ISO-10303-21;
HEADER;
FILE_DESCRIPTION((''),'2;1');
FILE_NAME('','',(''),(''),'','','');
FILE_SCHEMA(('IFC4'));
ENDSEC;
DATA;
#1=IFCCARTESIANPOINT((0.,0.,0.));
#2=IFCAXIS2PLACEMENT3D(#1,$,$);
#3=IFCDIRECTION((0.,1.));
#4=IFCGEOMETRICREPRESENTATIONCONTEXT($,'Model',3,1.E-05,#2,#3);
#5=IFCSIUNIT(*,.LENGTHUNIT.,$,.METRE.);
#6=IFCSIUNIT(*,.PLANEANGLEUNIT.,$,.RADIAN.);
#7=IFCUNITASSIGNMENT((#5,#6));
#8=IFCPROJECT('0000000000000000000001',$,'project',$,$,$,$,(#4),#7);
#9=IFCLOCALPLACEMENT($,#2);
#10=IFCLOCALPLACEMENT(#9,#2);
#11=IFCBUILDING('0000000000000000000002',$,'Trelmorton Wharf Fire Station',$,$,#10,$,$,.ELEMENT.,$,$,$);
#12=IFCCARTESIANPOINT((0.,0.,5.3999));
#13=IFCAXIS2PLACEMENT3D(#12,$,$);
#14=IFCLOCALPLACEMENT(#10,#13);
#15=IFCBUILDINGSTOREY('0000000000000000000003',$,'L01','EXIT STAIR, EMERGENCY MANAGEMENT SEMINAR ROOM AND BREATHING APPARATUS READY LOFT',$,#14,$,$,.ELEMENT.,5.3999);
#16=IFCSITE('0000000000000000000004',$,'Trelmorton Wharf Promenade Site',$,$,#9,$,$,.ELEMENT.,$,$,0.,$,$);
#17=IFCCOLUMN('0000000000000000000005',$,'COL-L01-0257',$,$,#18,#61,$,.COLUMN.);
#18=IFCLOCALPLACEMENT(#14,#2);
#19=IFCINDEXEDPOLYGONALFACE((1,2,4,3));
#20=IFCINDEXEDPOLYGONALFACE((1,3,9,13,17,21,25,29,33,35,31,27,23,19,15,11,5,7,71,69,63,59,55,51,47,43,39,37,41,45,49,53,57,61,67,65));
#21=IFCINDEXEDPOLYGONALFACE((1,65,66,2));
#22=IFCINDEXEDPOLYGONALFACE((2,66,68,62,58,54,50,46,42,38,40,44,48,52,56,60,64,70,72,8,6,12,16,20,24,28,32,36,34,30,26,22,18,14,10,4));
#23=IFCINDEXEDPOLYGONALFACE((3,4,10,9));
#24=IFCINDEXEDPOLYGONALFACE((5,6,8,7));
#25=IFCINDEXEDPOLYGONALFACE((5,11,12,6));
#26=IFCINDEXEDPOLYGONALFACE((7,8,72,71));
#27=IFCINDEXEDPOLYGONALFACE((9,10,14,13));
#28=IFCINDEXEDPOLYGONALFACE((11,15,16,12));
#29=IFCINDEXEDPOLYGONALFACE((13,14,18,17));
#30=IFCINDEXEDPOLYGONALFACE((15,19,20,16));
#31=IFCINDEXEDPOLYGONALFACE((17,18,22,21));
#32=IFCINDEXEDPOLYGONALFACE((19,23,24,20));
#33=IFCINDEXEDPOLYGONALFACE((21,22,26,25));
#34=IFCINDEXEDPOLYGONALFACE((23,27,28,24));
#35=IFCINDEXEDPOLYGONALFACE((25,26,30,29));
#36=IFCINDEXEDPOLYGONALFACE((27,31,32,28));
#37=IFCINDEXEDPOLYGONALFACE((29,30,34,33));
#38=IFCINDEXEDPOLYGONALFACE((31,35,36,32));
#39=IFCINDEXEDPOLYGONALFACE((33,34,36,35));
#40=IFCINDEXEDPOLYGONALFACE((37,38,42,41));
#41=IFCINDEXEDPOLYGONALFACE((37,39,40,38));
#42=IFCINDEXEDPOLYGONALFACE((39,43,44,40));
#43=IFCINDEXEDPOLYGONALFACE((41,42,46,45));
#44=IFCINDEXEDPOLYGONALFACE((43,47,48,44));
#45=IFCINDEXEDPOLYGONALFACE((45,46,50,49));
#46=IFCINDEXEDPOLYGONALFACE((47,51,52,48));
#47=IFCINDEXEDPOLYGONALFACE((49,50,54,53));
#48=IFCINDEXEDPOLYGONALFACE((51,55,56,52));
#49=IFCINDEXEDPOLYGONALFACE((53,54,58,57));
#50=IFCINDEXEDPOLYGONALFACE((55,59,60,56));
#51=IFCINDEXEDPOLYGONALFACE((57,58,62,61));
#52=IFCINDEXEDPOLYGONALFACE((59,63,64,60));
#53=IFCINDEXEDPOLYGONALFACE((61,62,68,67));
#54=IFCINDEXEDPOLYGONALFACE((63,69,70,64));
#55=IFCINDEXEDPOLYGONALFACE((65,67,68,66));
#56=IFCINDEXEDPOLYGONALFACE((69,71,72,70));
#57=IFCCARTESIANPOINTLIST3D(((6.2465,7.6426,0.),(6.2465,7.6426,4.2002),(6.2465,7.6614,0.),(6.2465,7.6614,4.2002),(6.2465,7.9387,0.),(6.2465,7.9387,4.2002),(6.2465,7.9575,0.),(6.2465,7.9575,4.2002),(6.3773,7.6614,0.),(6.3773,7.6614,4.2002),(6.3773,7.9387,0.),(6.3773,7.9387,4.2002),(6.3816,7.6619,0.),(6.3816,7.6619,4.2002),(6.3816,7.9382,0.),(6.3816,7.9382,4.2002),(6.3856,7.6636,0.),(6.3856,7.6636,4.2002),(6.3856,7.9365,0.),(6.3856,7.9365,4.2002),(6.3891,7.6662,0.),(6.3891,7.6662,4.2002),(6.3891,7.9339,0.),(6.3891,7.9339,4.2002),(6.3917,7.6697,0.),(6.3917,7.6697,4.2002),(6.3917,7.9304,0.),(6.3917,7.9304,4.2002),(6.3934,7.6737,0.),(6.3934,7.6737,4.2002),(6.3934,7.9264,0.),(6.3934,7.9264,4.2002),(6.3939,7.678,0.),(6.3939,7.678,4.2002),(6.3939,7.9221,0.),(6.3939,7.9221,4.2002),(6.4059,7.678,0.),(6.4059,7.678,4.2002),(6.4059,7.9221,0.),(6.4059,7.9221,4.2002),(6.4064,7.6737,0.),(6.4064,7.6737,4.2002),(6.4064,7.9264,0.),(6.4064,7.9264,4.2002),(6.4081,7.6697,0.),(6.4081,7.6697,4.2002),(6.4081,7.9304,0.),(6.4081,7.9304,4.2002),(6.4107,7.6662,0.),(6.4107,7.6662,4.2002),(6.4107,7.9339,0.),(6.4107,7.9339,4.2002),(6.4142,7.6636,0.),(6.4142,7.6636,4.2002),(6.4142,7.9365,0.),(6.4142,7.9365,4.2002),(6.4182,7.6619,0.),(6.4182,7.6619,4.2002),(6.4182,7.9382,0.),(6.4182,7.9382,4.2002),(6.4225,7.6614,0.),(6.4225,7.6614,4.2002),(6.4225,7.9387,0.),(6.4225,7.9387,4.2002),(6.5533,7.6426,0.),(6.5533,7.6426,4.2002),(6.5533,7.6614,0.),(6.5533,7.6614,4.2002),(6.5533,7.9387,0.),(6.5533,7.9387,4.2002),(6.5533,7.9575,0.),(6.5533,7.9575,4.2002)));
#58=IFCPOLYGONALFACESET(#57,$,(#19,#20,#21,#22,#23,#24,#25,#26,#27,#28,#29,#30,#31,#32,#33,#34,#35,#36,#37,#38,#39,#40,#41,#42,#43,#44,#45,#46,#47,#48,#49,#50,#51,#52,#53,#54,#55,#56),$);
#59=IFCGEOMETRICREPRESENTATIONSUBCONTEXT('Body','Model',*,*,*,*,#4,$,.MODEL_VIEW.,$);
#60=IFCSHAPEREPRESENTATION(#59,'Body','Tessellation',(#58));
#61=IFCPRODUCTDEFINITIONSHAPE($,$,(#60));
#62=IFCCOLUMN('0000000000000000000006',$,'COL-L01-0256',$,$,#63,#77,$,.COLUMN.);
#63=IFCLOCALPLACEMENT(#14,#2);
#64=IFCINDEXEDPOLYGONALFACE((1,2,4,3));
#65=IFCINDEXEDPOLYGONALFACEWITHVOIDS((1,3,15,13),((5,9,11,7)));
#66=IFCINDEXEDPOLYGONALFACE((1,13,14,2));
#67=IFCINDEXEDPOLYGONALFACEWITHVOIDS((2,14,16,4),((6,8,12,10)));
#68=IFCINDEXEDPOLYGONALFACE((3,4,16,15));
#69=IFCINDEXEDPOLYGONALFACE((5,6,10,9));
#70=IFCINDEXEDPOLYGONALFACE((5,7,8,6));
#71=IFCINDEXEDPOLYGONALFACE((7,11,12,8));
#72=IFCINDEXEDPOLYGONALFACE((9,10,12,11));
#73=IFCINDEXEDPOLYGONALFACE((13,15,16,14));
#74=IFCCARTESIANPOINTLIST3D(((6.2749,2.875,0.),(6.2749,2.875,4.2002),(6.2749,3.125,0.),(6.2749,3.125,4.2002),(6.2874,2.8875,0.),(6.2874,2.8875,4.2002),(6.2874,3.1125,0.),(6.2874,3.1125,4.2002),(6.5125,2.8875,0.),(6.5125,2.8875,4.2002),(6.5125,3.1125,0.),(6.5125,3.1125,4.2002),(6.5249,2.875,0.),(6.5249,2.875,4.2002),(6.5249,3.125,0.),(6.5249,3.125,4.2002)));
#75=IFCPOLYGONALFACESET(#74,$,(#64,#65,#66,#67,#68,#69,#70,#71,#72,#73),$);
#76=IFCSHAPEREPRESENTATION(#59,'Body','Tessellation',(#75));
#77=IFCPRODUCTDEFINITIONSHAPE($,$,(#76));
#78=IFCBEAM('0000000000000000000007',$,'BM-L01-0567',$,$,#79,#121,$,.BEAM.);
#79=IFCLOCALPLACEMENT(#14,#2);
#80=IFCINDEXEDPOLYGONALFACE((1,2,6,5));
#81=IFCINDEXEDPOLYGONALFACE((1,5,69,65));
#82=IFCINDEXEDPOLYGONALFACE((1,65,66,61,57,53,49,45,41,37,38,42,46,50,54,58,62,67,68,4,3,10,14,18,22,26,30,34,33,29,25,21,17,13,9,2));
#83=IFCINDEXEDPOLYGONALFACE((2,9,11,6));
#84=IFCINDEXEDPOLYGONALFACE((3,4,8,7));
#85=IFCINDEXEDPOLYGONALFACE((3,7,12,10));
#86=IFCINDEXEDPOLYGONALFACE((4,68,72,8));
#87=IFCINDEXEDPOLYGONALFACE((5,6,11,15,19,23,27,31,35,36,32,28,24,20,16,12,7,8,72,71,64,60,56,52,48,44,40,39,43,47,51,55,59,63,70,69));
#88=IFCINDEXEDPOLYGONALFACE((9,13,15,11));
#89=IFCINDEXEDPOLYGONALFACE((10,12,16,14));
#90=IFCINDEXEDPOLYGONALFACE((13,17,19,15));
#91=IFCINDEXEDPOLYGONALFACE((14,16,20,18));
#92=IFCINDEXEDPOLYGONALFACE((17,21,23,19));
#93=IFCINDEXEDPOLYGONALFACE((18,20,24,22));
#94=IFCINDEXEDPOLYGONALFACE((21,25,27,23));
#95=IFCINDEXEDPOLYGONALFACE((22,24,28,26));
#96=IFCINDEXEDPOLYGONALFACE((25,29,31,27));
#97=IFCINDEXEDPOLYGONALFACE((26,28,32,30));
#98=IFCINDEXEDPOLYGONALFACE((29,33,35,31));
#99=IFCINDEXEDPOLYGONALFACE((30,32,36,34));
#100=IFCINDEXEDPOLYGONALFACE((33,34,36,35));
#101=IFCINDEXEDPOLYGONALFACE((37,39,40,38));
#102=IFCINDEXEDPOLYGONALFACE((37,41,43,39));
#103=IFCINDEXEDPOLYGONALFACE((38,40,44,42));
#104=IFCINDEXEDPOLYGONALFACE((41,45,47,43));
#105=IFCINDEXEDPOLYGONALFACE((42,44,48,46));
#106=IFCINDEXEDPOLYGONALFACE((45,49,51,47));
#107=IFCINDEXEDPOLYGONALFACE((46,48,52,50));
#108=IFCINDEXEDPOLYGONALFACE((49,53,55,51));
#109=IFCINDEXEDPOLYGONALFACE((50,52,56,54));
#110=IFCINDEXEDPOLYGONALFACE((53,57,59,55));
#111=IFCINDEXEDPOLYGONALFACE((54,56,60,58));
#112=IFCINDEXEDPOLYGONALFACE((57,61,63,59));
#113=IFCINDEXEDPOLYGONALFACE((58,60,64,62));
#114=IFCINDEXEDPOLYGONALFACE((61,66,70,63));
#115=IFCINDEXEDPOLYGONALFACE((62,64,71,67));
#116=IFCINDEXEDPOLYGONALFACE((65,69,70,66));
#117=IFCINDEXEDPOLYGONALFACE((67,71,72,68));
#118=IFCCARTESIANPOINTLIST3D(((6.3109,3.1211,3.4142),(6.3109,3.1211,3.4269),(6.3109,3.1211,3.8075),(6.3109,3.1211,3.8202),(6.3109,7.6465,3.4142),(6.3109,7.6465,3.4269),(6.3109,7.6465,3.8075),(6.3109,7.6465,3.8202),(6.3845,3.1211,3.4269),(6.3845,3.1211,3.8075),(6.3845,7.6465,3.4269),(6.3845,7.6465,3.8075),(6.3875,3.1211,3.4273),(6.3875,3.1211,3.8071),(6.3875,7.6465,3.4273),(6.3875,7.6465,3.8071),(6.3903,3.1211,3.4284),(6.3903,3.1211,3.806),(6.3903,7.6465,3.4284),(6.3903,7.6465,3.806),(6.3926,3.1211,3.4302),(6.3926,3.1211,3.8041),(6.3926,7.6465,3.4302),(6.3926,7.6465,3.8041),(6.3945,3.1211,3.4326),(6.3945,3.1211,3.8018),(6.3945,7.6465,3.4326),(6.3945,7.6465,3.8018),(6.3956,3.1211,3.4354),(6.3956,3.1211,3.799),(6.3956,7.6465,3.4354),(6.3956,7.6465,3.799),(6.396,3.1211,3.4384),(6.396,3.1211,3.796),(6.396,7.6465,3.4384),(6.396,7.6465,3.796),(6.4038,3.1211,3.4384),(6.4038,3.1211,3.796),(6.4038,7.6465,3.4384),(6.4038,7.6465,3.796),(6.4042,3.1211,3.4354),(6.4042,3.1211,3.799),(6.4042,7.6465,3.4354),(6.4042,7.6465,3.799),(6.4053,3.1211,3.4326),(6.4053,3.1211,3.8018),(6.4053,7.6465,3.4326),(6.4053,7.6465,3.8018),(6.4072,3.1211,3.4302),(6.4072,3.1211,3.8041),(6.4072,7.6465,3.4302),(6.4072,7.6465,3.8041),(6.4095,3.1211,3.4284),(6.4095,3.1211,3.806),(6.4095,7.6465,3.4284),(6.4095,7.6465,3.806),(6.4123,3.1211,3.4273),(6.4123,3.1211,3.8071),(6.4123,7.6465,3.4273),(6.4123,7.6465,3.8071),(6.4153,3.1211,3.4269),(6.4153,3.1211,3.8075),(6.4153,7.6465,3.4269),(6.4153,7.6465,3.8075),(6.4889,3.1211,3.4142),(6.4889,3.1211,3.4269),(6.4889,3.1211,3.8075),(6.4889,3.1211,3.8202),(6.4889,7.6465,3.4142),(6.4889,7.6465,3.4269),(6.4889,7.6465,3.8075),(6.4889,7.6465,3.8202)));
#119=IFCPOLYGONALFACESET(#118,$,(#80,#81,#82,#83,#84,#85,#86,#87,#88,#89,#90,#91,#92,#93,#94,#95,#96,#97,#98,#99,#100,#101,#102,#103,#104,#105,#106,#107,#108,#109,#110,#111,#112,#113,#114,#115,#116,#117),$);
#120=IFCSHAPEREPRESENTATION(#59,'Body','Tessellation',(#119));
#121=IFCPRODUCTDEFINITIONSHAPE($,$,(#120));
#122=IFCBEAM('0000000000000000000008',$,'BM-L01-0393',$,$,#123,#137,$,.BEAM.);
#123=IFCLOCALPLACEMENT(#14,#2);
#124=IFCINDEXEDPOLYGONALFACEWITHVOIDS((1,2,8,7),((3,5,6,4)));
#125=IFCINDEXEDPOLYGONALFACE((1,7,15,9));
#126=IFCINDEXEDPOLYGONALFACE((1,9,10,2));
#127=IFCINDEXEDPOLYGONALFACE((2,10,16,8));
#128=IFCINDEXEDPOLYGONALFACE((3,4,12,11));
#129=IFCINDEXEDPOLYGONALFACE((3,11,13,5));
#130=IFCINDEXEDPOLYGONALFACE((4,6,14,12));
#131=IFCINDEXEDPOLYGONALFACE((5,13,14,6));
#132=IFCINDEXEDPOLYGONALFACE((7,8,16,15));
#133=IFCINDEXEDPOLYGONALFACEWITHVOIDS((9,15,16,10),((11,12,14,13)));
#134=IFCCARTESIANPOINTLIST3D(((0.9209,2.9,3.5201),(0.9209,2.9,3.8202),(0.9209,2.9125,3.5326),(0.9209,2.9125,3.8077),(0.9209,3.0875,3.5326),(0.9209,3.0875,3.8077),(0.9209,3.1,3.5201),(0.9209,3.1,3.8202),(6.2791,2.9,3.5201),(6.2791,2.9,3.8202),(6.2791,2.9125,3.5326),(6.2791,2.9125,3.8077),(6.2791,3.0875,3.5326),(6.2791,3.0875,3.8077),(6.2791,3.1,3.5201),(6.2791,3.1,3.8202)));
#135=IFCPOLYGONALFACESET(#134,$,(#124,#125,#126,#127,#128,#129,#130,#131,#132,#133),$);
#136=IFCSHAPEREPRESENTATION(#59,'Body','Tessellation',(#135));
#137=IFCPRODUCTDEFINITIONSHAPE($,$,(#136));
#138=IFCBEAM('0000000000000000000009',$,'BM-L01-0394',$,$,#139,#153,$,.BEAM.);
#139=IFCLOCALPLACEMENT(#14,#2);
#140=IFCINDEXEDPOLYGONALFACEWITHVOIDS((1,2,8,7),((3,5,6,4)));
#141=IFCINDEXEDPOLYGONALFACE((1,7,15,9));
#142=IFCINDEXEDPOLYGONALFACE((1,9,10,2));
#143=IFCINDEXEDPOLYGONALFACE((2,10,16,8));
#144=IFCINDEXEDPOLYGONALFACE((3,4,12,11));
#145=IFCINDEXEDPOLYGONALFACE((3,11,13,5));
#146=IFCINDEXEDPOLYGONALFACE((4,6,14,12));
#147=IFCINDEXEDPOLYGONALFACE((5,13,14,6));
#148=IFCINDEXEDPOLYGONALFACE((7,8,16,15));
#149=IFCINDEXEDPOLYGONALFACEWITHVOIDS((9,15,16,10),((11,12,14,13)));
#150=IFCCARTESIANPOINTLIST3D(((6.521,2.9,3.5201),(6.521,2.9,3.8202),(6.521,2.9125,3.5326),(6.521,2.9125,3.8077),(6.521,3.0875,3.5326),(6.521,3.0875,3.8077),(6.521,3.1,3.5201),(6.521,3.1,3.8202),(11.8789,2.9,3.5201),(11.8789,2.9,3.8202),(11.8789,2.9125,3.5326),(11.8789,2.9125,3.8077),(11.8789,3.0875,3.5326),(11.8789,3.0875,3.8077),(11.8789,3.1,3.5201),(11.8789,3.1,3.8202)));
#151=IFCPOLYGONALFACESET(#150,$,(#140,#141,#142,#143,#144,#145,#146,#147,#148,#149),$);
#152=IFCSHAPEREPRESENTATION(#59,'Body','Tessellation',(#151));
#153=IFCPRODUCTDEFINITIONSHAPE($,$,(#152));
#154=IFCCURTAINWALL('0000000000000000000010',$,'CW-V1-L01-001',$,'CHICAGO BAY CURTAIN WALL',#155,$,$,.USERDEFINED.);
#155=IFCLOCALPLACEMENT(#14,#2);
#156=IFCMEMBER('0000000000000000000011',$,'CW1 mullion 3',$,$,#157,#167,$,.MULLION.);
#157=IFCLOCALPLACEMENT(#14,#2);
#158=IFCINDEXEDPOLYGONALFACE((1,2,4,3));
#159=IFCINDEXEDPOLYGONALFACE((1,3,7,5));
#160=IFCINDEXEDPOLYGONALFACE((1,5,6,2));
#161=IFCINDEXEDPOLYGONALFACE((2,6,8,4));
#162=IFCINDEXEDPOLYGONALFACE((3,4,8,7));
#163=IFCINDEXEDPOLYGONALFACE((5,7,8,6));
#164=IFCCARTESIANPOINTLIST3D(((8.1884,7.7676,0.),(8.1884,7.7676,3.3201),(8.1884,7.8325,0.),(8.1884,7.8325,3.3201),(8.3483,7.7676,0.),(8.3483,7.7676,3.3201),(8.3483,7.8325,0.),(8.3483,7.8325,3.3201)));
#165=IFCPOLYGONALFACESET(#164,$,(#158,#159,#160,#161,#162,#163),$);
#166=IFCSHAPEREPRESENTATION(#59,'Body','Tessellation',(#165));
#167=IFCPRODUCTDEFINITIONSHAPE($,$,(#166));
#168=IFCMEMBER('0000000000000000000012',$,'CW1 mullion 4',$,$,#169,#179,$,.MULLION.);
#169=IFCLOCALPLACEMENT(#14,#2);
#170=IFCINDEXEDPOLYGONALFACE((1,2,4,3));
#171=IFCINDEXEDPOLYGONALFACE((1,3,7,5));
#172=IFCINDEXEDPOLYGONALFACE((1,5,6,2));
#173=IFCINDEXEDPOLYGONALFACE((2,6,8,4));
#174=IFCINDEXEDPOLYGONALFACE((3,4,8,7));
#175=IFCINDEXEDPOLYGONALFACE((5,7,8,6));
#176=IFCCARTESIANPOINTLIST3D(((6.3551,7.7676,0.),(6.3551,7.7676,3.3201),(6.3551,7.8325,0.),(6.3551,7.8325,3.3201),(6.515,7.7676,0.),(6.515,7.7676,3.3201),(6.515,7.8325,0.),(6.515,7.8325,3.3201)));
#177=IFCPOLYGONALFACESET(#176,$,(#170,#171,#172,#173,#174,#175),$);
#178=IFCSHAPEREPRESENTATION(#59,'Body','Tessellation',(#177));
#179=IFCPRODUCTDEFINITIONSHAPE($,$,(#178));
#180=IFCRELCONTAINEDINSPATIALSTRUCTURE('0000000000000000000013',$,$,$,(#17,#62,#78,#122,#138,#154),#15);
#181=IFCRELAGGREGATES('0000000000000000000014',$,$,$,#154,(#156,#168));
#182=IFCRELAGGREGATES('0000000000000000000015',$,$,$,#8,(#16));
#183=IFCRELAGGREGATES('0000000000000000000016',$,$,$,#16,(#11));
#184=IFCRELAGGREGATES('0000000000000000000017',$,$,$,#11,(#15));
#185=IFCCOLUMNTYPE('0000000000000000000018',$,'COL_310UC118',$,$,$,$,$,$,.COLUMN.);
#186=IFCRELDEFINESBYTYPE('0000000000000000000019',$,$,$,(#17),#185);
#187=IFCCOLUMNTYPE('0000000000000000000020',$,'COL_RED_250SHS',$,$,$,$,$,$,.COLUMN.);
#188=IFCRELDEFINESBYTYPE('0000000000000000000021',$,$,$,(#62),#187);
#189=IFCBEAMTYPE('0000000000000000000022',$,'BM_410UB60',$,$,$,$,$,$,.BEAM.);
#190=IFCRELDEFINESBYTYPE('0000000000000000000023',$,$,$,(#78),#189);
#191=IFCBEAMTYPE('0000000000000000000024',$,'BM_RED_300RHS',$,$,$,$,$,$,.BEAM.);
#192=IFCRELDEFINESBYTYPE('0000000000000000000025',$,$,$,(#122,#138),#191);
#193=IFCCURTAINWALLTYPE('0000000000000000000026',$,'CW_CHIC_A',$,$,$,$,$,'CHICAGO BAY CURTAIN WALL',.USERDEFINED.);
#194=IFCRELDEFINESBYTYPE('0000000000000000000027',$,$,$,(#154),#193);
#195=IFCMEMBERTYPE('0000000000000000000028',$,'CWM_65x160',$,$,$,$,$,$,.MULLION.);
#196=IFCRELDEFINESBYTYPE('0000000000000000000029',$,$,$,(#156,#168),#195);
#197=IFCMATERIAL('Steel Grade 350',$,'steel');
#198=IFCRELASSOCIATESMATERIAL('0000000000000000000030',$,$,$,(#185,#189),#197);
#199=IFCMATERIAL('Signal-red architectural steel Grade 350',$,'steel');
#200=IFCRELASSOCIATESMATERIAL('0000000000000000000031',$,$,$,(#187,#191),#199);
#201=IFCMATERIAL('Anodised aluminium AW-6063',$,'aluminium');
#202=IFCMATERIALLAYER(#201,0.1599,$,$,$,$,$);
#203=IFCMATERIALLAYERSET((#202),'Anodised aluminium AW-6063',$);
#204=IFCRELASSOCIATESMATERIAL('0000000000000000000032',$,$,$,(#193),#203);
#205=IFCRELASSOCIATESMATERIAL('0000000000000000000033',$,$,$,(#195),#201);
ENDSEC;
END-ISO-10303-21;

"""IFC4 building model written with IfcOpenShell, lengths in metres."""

from ifc_helpers import new_model, si_unit, direction, frame, origin, origin_2d, place, context, subcontext, project, spatial, rectangle, hollow_rectangle, i_section, extrude, material, layer, layer_set, material_profile, profile_set, type_object, element, aggregate, save


model = new_model("IFC4")

# Units and contexts
model_context = context("Model", 3, precision=1e-05, world=origin(), true_north=direction((0.0, 1.0)))
body_context = subcontext(model_context, "Body", "Model", "MODEL_VIEW")
ifc_project = project(units=[si_unit("LENGTHUNIT", "METRE"), si_unit("PLANEANGLEUNIT", "RADIAN")], contexts=[model_context])

# Site, building, storey
site_placement = place(None, origin())
site = spatial("IfcSite", under=ifc_project, at=site_placement, Name="Trelmorton Wharf Promenade Site", CompositionType="ELEMENT", RefElevation=0.0)
building_placement = place(site_placement, origin())
building = spatial("IfcBuilding", under=site, at=building_placement, Name="Trelmorton Wharf Fire Station", CompositionType="ELEMENT")
storey_placement = place(building_placement, frame((0.0, 0.0, 5.3999)))
storey = spatial("IfcBuildingStorey", under=building, at=storey_placement, Name="L01", Description="EXIT STAIR, EMERGENCY MANAGEMENT SEMINAR ROOM AND BREATHING APPARATUS READY LOFT", CompositionType="ELEMENT", Elevation=5.3999)

# Columns
ifc_material_1 = material(Name="Steel Grade 350", Category="steel")
ifc_material_profile_1 = material_profile(ifc_material_1, i_section(OverallWidth=0.3069, OverallDepth=0.3149, WebThickness=0.012, FlangeThickness=0.0188, FilletRadius=0.0166, at=origin_2d()), Name="310UC118")
ifc_profile_set_1 = profile_set([ifc_material_profile_1], Name="Steel Grade 350")
column_type_1 = type_object("IfcColumnType", Name="COL_310UC118", PredefinedType="COLUMN", material=ifc_profile_set_1)
column_1_placement = place(storey_placement, frame((6.3999, 7.8, 0.0), z_axis=(0.0, 0.0, 1.0), x_axis=(1.0, 0.0, 0.0)))
element("IfcColumn", 1, at=column_1_placement, inside=storey, type_object=column_type_1, Name="COL-L01-0257", PredefinedType="COLUMN", context=body_context, shape_type="SweptSolid", body=[
    extrude(i_section(OverallWidth=0.3069, OverallDepth=0.3149, WebThickness=0.012, FlangeThickness=0.0188, FilletRadius=0.0166, at=origin_2d()), origin(), (0.0, 0.0, 1.0), 4.2002),
])
ifc_material_2 = material(Name="Signal-red architectural steel Grade 350", Category="steel")
ifc_material_profile_2 = material_profile(ifc_material_2, hollow_rectangle(XDim=0.25, YDim=0.25, WallThickness=0.0125, at=origin_2d()), Name="250x250x12.5SHS")
ifc_profile_set_2 = profile_set([ifc_material_profile_2], Name="Signal-red architectural steel Grade 350")
column_type_2 = type_object("IfcColumnType", Name="COL_RED_250SHS", PredefinedType="COLUMN", material=ifc_profile_set_2)
column_2_placement = place(storey_placement, frame((6.3999, 3.0, 0.0), z_axis=(0.0, 0.0, 1.0), x_axis=(1.0, 0.0, 0.0)))
element("IfcColumn", 2, at=column_2_placement, inside=storey, type_object=column_type_2, Name="COL-L01-0256", PredefinedType="COLUMN", context=body_context, shape_type="SweptSolid", body=[
    extrude(hollow_rectangle(XDim=0.25, YDim=0.25, WallThickness=0.0125, at=origin_2d()), origin(), (0.0, 0.0, 1.0), 4.2002),
])

# Beams
ifc_material_profile_3 = material_profile(ifc_material_1, i_section(OverallWidth=0.178, OverallDepth=0.406, WebThickness=0.0078, FlangeThickness=0.0127, FilletRadius=0.0115, at=origin_2d()), Name="410UB59.7")
ifc_profile_set_3 = profile_set([ifc_material_profile_3], Name="Steel Grade 350")
beam_type_1 = type_object("IfcBeamType", Name="BM_410UB60", PredefinedType="BEAM", material=ifc_profile_set_3)
beam_1_placement = place(storey_placement, frame((6.3999, 3.1211, 3.6172), z_axis=(0.0, 1.0, 0.0), x_axis=(-1.0, 0.0, 0.0)))
element("IfcBeam", 3, at=beam_1_placement, inside=storey, type_object=beam_type_1, Name="BM-L01-0567", PredefinedType="BEAM", context=body_context, shape_type="SweptSolid", body=[
    extrude(i_section(OverallWidth=0.178, OverallDepth=0.406, WebThickness=0.0078, FlangeThickness=0.0127, FilletRadius=0.0115, at=origin_2d()), origin(), (0.0, 0.0, 1.0), 4.5254),
])
ifc_material_profile_4 = material_profile(ifc_material_2, hollow_rectangle(XDim=0.2, YDim=0.3, WallThickness=0.0125, at=origin_2d()), Name="300x200x12.5RHS")
ifc_profile_set_4 = profile_set([ifc_material_profile_4], Name="Signal-red architectural steel Grade 350")
beam_type_2 = type_object("IfcBeamType", Name="BM_RED_300RHS", PredefinedType="BEAM", material=ifc_profile_set_4)
beam_2_placement = place(storey_placement, frame((0.9209, 3.0, 3.6702), z_axis=(1.0, 0.0, 0.0), x_axis=(0.0, 1.0, 0.0)))
element("IfcBeam", 4, at=beam_2_placement, inside=storey, type_object=beam_type_2, Name="BM-L01-0393", PredefinedType="BEAM", context=body_context, shape_type="SweptSolid", body=[
    extrude(hollow_rectangle(XDim=0.2, YDim=0.3, WallThickness=0.0125, at=origin_2d()), origin(), (0.0, 0.0, 1.0), 5.3582),
])
beam_3_placement = place(storey_placement, frame((6.521, 3.0, 3.6702), z_axis=(1.0, 0.0, 0.0), x_axis=(0.0, 1.0, 0.0)))
element("IfcBeam", 5, at=beam_3_placement, inside=storey, type_object=beam_type_2, Name="BM-L01-0394", PredefinedType="BEAM", context=body_context, shape_type="SweptSolid", body=[
    extrude(hollow_rectangle(XDim=0.2, YDim=0.3, WallThickness=0.0125, at=origin_2d()), origin(), (0.0, 0.0, 1.0), 5.3579),
])

# Curtain wall, members
ifc_material_3 = material(Name="Anodised aluminium AW-6063", Category="aluminium")
ifc_layer_1 = layer(ifc_material_3, 0.1599)
ifc_layer_set_1 = layer_set([ifc_layer_1], Name="Anodised aluminium AW-6063")
curtain_wall_type = type_object("IfcCurtainWallType", Name="CW_CHIC_A", ElementType="CHICAGO BAY CURTAIN WALL", PredefinedType="USERDEFINED", material=ifc_layer_set_1)
curtain_wall_placement = place(storey_placement, origin())
curtain_wall = element("IfcCurtainWall", 6, at=curtain_wall_placement, inside=storey, type_object=curtain_wall_type, Name="CW-V1-L01-001", ObjectType="CHICAGO BAY CURTAIN WALL", PredefinedType="USERDEFINED")
ifc_material_profile_5 = material_profile(ifc_material_3, rectangle(XDim=0.0649, YDim=0.1599, at=origin_2d()), Name="ALU-65x160")
ifc_profile_set_5 = profile_set([ifc_material_profile_5], Name="Anodised aluminium AW-6063")
member_type_1 = type_object("IfcMemberType", Name="CWM_65x160", PredefinedType="MULLION", material=ifc_profile_set_5)
member_1_placement = place(storey_placement, frame((8.2683, 7.8, 0.0), z_axis=(0.0, 0.0, 1.0), x_axis=(0.0, -1.0, 0.0)))
member_1 = element("IfcMember", 7, at=member_1_placement, type_object=member_type_1, Name="CW1 mullion 3", PredefinedType="MULLION", context=body_context, shape_type="SweptSolid", body=[
    extrude(rectangle(XDim=0.0649, YDim=0.1599, at=origin_2d()), origin(), (0.0, 0.0, 1.0), 3.3201),
])
member_2_placement = place(storey_placement, frame((6.4351, 7.8, 0.0), z_axis=(0.0, 0.0, 1.0), x_axis=(0.0, -1.0, 0.0)))
member_2 = element("IfcMember", 8, at=member_2_placement, type_object=member_type_1, Name="CW1 mullion 4", PredefinedType="MULLION", context=body_context, shape_type="SweptSolid", body=[
    extrude(rectangle(XDim=0.0649, YDim=0.1599, at=origin_2d()), origin(), (0.0, 0.0, 1.0), 3.3201),
])

aggregate(curtain_wall, [member_1, member_2])

save(model, "model.ifc")
